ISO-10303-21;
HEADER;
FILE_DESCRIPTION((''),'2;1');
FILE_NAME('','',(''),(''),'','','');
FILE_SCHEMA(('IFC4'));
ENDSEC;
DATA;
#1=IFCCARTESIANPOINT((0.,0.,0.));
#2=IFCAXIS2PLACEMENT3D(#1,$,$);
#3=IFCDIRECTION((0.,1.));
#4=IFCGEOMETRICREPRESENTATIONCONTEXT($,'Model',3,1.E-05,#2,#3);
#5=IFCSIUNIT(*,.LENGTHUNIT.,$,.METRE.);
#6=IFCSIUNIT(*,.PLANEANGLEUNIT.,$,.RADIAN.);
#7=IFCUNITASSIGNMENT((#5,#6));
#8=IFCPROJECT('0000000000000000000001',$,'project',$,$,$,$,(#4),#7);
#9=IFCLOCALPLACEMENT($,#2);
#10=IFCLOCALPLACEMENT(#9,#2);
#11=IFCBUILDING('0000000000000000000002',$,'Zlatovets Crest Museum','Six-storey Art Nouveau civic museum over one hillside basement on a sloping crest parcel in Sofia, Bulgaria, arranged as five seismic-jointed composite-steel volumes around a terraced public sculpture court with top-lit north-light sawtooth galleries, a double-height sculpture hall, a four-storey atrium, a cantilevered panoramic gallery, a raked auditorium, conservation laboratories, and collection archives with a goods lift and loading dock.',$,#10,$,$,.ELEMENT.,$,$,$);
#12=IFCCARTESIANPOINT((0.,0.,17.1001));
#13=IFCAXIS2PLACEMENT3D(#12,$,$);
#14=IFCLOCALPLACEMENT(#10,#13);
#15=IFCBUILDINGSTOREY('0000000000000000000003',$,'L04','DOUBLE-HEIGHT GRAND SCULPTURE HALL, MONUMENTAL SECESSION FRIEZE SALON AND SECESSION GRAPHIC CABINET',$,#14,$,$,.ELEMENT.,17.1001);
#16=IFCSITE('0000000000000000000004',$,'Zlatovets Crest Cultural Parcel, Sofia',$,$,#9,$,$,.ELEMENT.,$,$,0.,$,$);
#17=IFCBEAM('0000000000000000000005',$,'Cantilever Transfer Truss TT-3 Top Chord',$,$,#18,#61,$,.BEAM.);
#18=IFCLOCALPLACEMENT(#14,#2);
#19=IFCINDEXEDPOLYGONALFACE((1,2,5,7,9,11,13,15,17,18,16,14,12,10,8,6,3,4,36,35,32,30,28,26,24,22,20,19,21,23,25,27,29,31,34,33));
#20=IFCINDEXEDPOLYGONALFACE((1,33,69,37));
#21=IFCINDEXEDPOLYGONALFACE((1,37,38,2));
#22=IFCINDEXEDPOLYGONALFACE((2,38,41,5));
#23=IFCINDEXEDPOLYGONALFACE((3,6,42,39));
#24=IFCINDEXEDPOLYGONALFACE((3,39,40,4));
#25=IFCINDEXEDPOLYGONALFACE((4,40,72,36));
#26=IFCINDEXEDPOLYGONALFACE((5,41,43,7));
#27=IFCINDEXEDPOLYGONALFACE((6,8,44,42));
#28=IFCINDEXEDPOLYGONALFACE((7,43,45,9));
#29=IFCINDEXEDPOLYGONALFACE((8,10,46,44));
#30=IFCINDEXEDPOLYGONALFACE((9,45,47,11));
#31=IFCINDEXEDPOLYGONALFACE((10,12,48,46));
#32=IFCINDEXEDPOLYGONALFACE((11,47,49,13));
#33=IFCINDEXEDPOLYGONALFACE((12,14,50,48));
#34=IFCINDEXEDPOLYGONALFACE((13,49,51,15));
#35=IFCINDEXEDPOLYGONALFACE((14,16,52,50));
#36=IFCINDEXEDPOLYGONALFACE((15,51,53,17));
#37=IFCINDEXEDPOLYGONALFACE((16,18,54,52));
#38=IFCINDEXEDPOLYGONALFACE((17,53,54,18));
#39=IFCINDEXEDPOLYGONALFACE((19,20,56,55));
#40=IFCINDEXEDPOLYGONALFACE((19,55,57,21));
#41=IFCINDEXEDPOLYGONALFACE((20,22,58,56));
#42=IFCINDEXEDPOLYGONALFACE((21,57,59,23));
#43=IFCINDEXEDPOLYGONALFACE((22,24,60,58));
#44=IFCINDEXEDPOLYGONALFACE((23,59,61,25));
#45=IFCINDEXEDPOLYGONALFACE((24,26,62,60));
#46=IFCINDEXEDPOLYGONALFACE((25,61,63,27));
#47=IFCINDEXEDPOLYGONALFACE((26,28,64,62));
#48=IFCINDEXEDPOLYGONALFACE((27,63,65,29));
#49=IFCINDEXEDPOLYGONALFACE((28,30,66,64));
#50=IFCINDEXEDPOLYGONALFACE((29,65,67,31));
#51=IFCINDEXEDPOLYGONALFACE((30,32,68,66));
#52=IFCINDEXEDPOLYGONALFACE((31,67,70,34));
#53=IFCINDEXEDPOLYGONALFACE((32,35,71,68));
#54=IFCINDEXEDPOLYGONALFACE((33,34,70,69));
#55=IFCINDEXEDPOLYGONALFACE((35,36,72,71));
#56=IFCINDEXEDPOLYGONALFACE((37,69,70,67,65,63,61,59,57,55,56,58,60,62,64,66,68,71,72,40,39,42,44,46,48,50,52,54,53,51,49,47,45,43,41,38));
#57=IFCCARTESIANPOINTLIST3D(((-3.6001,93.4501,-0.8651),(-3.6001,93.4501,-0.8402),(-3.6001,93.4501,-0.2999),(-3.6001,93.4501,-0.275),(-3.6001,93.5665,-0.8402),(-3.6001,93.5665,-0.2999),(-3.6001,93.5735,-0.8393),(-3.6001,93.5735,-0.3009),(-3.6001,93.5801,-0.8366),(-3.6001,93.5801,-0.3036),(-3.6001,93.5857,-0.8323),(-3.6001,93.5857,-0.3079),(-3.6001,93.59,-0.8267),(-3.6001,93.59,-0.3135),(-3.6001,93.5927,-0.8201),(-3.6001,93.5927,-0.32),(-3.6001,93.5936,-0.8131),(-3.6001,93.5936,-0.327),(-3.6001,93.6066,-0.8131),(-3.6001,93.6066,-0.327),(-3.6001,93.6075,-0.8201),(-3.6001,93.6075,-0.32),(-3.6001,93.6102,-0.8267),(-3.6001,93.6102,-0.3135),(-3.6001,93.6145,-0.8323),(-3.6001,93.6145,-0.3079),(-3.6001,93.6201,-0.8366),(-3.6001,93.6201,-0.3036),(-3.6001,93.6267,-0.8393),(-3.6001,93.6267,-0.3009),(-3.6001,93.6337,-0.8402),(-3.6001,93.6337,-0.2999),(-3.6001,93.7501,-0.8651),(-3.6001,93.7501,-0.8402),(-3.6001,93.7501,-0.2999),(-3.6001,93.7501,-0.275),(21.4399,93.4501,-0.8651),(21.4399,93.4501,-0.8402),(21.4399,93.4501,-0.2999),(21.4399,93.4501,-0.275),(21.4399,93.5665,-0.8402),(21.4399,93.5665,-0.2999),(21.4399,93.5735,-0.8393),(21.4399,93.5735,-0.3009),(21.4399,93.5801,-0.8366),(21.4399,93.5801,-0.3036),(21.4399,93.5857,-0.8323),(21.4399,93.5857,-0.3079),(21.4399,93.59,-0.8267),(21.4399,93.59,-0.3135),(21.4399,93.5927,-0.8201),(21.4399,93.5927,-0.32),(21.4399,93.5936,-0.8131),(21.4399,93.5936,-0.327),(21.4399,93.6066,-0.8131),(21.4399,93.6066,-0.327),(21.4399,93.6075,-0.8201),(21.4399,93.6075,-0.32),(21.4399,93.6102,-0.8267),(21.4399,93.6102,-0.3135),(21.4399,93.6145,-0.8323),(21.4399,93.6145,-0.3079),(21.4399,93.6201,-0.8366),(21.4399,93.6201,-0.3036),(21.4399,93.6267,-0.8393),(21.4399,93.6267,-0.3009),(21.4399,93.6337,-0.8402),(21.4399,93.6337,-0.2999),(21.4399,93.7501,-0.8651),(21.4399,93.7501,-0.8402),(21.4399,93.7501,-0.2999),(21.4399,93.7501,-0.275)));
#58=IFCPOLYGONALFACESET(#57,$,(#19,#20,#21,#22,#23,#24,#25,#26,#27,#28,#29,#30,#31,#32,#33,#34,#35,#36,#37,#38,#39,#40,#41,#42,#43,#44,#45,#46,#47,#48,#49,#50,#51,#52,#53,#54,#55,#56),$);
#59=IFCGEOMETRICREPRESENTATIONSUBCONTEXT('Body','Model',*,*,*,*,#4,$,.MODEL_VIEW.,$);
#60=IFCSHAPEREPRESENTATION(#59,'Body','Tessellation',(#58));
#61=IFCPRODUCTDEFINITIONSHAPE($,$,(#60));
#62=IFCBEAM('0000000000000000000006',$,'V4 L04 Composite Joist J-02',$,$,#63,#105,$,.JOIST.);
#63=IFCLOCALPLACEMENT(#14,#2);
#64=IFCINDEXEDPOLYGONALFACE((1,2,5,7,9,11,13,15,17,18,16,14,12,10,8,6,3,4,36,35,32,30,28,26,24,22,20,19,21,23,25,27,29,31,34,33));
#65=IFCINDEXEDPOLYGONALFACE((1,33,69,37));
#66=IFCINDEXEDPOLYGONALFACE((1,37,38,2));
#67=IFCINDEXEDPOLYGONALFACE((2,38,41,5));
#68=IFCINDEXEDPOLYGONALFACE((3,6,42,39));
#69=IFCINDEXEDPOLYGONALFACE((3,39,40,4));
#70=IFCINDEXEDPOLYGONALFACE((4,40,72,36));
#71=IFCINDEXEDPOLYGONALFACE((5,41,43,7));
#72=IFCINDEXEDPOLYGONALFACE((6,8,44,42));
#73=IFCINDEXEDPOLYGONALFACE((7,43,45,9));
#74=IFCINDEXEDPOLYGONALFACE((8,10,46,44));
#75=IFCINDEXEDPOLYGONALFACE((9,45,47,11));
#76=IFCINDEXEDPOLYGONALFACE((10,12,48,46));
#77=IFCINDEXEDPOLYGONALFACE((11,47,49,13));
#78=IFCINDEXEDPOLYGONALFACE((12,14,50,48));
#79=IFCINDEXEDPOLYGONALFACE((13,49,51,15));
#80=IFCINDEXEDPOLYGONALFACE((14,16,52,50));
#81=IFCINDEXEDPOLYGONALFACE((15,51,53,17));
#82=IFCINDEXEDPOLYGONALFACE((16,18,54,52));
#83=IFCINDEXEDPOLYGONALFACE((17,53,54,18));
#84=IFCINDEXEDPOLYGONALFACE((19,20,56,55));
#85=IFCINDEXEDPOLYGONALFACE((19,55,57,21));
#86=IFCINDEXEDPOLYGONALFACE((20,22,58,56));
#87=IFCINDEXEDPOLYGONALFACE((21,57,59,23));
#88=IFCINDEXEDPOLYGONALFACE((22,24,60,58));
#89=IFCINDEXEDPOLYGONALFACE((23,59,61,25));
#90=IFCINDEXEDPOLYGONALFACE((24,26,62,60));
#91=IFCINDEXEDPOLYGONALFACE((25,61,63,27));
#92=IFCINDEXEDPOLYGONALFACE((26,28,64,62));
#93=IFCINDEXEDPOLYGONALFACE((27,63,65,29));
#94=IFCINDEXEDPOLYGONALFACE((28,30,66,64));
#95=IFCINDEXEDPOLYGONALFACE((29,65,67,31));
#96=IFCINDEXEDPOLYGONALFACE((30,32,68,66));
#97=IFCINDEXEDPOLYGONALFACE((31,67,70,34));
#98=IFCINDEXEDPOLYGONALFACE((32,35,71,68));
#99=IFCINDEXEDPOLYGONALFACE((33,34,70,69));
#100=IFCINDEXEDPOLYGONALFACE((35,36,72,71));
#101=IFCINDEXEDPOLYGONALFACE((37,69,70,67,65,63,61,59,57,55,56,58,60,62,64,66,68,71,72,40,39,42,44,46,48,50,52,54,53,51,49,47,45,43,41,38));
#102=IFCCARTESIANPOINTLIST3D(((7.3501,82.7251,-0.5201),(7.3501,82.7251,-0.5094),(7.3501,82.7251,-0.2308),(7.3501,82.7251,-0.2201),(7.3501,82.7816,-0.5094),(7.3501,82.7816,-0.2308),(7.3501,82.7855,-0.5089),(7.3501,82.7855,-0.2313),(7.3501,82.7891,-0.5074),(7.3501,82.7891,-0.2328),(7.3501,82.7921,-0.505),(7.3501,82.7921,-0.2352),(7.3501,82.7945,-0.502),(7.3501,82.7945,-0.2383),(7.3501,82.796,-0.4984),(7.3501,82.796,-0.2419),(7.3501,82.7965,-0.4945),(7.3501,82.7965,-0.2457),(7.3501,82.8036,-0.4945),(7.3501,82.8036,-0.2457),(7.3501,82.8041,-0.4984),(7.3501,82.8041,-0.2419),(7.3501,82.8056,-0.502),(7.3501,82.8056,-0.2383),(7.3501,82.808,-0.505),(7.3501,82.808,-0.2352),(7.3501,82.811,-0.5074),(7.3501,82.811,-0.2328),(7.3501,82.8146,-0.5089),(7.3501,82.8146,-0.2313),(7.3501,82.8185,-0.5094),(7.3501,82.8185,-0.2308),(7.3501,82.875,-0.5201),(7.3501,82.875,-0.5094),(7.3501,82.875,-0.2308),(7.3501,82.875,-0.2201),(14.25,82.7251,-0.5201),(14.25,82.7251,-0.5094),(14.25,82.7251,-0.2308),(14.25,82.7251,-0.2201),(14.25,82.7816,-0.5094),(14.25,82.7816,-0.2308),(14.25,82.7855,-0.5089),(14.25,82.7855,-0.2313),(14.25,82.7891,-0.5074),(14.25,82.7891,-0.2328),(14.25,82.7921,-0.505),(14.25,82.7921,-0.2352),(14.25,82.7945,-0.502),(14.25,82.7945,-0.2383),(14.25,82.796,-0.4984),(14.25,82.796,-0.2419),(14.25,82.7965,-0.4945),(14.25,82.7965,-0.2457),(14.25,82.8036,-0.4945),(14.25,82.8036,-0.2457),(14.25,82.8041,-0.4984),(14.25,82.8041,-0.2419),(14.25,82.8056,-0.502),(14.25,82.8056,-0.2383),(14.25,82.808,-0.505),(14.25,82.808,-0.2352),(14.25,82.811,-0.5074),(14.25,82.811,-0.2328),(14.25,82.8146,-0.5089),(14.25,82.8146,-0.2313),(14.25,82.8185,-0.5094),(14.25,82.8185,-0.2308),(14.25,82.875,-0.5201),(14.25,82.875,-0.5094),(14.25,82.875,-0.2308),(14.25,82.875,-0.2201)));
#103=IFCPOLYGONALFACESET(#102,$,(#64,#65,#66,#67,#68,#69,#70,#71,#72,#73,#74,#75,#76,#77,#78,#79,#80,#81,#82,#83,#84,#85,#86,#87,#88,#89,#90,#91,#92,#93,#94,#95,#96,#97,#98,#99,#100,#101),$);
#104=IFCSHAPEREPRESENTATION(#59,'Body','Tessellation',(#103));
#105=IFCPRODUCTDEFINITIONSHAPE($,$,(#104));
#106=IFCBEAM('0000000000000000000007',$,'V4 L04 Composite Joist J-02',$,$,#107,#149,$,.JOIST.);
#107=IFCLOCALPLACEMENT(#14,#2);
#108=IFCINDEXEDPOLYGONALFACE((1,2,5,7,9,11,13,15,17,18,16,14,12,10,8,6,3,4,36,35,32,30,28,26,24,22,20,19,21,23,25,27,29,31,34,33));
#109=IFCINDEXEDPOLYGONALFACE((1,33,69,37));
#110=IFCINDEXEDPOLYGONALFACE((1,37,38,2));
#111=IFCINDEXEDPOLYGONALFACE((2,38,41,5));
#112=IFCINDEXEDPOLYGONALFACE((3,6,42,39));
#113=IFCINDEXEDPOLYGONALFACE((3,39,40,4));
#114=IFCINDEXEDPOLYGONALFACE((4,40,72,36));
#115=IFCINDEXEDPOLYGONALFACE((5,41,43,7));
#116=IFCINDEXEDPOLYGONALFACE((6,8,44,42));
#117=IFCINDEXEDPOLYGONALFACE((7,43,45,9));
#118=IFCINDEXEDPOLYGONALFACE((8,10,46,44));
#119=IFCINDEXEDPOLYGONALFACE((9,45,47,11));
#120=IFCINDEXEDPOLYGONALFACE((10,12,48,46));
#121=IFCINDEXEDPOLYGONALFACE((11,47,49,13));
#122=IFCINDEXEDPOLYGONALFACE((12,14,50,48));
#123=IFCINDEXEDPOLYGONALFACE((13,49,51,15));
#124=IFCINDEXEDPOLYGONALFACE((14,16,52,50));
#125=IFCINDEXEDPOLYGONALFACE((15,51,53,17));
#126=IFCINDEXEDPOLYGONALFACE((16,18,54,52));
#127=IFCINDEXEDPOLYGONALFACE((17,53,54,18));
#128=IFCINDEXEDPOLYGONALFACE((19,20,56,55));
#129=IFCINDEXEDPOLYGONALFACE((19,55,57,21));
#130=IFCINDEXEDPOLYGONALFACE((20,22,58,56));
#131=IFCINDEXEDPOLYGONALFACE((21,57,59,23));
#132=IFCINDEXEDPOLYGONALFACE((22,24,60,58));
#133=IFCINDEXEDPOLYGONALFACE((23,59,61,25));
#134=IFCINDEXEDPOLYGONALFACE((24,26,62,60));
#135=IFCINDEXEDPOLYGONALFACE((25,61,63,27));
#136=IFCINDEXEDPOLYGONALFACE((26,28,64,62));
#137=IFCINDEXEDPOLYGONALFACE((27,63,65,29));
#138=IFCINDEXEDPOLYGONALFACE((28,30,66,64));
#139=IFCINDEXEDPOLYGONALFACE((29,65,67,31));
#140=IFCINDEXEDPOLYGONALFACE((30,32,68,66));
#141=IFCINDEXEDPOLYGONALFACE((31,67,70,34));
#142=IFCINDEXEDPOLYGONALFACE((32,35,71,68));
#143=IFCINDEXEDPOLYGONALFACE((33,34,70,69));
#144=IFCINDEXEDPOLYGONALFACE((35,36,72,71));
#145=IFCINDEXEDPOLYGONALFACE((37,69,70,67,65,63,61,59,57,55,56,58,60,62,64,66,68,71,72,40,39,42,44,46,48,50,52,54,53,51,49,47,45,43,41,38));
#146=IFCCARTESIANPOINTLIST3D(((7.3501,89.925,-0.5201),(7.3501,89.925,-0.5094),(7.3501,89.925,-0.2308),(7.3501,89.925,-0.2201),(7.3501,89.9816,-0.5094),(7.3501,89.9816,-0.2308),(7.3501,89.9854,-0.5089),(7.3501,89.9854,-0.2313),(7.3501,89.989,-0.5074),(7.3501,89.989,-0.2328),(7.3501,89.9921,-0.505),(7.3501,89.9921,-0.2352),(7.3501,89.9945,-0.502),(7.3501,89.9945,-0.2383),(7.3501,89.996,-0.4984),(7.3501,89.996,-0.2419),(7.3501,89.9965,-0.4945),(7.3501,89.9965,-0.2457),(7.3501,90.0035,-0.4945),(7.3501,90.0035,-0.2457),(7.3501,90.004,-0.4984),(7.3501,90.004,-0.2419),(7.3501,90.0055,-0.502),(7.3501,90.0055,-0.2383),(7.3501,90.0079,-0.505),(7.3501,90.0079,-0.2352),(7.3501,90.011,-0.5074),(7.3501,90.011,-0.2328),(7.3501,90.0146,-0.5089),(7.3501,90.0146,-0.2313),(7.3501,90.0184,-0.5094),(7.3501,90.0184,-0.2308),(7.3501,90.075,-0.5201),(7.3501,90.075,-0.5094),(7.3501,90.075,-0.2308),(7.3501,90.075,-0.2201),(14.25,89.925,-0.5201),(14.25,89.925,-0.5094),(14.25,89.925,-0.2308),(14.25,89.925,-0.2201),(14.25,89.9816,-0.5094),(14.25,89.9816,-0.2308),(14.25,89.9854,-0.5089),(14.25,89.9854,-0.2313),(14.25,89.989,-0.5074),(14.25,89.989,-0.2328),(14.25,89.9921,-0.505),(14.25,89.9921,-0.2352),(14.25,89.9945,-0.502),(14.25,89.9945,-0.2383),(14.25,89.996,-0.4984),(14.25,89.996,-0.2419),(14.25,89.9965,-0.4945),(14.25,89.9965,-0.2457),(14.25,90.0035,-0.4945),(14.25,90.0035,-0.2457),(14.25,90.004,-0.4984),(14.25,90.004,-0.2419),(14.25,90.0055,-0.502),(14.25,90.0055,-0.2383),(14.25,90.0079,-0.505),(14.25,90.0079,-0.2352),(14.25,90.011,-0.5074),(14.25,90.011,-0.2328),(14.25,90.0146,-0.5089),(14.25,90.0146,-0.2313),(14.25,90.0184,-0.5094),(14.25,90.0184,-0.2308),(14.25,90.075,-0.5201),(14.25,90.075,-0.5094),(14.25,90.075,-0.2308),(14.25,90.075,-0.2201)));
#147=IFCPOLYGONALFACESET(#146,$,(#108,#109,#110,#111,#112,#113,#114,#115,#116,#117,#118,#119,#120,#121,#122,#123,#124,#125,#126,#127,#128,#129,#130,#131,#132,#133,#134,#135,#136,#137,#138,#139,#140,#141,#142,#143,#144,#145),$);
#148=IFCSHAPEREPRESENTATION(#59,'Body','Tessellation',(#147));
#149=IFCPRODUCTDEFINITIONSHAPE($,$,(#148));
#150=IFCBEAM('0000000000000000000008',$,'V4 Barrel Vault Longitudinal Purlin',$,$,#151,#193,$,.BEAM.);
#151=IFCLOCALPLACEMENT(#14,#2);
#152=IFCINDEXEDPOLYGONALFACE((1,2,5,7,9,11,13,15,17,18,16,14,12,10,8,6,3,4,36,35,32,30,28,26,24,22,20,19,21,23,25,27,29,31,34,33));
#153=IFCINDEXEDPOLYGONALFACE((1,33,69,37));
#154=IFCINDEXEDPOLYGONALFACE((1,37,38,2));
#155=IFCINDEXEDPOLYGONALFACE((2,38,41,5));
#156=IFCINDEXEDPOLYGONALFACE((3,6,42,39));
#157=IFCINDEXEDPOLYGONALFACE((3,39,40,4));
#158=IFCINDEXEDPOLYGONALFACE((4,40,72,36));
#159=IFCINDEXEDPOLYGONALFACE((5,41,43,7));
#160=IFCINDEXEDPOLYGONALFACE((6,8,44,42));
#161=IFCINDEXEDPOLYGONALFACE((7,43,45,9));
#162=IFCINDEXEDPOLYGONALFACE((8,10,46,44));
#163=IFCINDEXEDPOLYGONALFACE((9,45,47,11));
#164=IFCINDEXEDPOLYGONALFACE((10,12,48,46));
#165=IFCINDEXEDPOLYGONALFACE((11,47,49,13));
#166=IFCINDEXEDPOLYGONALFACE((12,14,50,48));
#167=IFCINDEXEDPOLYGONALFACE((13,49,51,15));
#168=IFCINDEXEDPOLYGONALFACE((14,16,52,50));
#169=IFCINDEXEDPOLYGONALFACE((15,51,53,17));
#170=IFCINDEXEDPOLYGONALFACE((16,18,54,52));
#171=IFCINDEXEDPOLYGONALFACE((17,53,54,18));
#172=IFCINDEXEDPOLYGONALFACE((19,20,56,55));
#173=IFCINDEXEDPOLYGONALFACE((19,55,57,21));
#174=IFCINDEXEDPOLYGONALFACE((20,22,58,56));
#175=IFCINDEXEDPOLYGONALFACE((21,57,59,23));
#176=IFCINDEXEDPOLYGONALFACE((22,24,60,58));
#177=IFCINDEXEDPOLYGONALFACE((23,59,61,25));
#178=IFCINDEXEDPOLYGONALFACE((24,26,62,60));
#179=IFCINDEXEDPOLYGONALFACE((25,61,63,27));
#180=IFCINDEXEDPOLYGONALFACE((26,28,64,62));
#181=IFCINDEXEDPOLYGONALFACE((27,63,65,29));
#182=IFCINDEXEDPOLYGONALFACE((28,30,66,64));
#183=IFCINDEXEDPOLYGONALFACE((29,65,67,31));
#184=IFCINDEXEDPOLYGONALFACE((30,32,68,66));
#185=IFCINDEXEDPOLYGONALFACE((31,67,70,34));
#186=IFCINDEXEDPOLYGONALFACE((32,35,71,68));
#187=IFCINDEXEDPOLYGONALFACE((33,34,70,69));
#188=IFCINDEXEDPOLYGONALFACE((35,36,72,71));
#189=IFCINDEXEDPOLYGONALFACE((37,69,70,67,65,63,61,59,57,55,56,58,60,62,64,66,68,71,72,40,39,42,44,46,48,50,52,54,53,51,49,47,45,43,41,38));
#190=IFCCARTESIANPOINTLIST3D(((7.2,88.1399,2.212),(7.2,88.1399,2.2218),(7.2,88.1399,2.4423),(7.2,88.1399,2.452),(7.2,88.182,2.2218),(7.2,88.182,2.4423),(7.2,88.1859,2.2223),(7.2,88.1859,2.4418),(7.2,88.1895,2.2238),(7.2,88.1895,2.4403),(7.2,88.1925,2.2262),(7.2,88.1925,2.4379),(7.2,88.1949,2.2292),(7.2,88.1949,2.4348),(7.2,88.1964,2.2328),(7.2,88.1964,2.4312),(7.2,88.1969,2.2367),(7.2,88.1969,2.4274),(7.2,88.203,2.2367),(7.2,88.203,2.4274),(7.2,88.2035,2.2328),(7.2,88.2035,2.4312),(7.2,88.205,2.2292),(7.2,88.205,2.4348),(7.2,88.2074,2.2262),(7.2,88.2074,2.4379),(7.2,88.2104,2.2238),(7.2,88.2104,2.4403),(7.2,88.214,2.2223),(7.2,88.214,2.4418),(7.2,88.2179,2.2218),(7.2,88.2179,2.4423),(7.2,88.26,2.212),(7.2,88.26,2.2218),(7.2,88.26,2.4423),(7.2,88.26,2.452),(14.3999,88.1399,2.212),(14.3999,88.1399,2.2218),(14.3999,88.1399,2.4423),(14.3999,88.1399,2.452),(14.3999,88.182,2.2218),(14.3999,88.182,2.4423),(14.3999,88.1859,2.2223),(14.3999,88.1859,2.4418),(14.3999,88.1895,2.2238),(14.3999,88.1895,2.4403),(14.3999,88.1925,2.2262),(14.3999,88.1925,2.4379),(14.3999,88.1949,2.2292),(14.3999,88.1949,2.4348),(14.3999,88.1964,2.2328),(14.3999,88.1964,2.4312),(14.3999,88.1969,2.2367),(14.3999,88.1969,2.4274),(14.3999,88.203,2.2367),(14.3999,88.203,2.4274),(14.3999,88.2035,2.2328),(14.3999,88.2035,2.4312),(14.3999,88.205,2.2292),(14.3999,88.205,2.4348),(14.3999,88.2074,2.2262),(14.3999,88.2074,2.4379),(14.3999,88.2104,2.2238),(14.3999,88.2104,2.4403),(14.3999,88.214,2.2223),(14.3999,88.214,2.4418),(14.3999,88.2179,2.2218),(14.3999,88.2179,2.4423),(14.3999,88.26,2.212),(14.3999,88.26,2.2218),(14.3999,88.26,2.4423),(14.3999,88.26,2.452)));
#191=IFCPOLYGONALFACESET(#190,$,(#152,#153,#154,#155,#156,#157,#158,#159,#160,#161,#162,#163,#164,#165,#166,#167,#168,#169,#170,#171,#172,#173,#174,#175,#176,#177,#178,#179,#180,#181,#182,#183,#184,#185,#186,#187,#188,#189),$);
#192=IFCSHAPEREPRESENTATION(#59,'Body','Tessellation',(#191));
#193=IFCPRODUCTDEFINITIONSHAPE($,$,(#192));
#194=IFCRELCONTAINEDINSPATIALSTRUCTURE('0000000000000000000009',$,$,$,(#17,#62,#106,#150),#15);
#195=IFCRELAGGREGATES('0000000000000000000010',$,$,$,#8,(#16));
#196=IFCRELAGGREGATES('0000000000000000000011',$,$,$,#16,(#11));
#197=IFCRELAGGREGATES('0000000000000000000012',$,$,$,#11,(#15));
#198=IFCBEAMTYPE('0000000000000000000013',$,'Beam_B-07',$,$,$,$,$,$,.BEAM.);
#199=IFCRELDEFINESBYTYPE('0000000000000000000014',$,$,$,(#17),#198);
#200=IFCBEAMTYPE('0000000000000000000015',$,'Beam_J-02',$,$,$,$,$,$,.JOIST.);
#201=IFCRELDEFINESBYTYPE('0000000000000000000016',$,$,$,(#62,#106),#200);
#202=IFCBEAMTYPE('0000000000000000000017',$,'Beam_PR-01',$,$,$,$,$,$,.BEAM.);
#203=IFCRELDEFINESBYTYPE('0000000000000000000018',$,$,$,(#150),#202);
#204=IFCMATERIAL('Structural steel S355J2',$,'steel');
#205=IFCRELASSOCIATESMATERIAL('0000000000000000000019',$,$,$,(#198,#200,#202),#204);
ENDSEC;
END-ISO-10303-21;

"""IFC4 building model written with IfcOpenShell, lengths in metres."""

from ifc_helpers import new_model, si_unit, direction, frame, origin, origin_2d, place, context, subcontext, project, spatial, i_section, extrude, material, material_profile, profile_set, type_object, element, save


model = new_model("IFC4")

# Units and contexts
model_context = context("Model", 3, precision=1e-05, world=origin(), true_north=direction((0.0, 1.0)))
body_context = subcontext(model_context, "Body", "Model", "MODEL_VIEW")
ifc_project = project(units=[si_unit("LENGTHUNIT", "METRE"), si_unit("PLANEANGLEUNIT", "RADIAN")], contexts=[model_context])

# Site, building, storey
site_placement = place(None, origin())
site = spatial("IfcSite", under=ifc_project, at=site_placement, Name="Zlatovets Crest Cultural Parcel, Sofia", CompositionType="ELEMENT", RefElevation=0.0)
building_placement = place(site_placement, origin())
building = spatial("IfcBuilding", under=site, at=building_placement, Name="Zlatovets Crest Museum", Description="Six-storey Art Nouveau civic museum over one hillside basement on a sloping crest parcel in Sofia, Bulgaria, arranged as five seismic-jointed composite-steel volumes around a terraced public sculpture court with top-lit north-light sawtooth galleries, a double-height sculpture hall, a four-storey atrium, a cantilevered panoramic gallery, a raked auditorium, conservation laboratories, and collection archives with a goods lift and loading dock.", CompositionType="ELEMENT")
storey_placement = place(building_placement, frame((0.0, 0.0, 17.1001)))
storey = spatial("IfcBuildingStorey", under=building, at=storey_placement, Name="L04", Description="DOUBLE-HEIGHT GRAND SCULPTURE HALL, MONUMENTAL SECESSION FRIEZE SALON AND SECESSION GRAPHIC CABINET", CompositionType="ELEMENT", Elevation=17.1001)

# Beams
ifc_material_1 = material(Name="Structural steel S355J2", Category="steel")
ifc_material_profile_1 = material_profile(ifc_material_1, i_section(OverallWidth=0.3, OverallDepth=0.5901, WebThickness=0.0129, FlangeThickness=0.0249, FilletRadius=0.0271, at=origin_2d()), Name="HEA 600")
ifc_profile_set_1 = profile_set([ifc_material_profile_1], Name="Structural steel S355J2")
beam_type_1 = type_object("IfcBeamType", Name="Beam_B-07", PredefinedType="BEAM", material=ifc_profile_set_1)
beam_1_placement = place(storey_placement, frame((-3.6001, 93.6001, -0.5701), z_axis=(1.0, 0.0, 0.0), x_axis=(0.0, 1.0, 0.0)))
element("IfcBeam", 1, at=beam_1_placement, inside=storey, type_object=beam_type_1, Name="Cantilever Transfer Truss TT-3 Top Chord", PredefinedType="BEAM", context=body_context, shape_type="SweptSolid", body=[
    extrude(i_section(OverallWidth=0.3, OverallDepth=0.5901, WebThickness=0.0129, FlangeThickness=0.0249, FilletRadius=0.0271, at=origin_2d()), origin(), (0.0, 0.0, 1.0), 25.04),
])
ifc_material_profile_2 = material_profile(ifc_material_1, i_section(OverallWidth=0.1499, OverallDepth=0.3, WebThickness=0.0071, FlangeThickness=0.0107, FilletRadius=0.0149, at=origin_2d()), Name="IPE 300")
ifc_profile_set_2 = profile_set([ifc_material_profile_2], Name="Structural steel S355J2")
beam_type_2 = type_object("IfcBeamType", Name="Beam_J-02", PredefinedType="JOIST", material=ifc_profile_set_2)
for number, where, z_axis, x_axis, name in (
    (2, (7.3501, 82.8, -0.3701), (1.0, 0.0, 0.0), (0.0, 1.0, 0.0), "V4 L04 Composite Joist J-02"),
    (3, (7.3501, 90.0, -0.3701), (1.0, 0.0, 0.0), (0.0, 1.0, 0.0), "V4 L04 Composite Joist J-02"),
):
    element("IfcBeam", number, at=place(storey_placement, frame(where, z_axis=z_axis, x_axis=x_axis)), inside=storey, type_object=beam_type_2, Name=name, PredefinedType="JOIST", context=body_context, shape_type="SweptSolid", body=[
        extrude(i_section(OverallWidth=0.1499, OverallDepth=0.3, WebThickness=0.0071, FlangeThickness=0.0107, FilletRadius=0.0149, at=origin_2d()), origin(), (0.0, 0.0, 1.0), 6.8999),
    ])
ifc_material_profile_3 = material_profile(ifc_material_1, i_section(OverallWidth=0.1201, OverallDepth=0.24, WebThickness=0.0061, FlangeThickness=0.0098, FilletRadius=0.0149, at=origin_2d()), Name="IPE 240")
ifc_profile_set_3 = profile_set([ifc_material_profile_3], Name="Structural steel S355J2")
beam_type_3 = type_object("IfcBeamType", Name="Beam_PR-01", PredefinedType="BEAM", material=ifc_profile_set_3)
for number, where, z_axis, x_axis, name in (
    (4, (7.2, 88.2, 2.332), (1.0, 0.0, 0.0), (0.0, 1.0, 0.0), "V4 Barrel Vault Longitudinal Purlin"),
):
    element("IfcBeam", number, at=place(storey_placement, frame(where, z_axis=z_axis, x_axis=x_axis)), inside=storey, type_object=beam_type_3, Name=name, PredefinedType="BEAM", context=body_context, shape_type="SweptSolid", body=[
        extrude(i_section(OverallWidth=0.1201, OverallDepth=0.24, WebThickness=0.0061, FlangeThickness=0.0098, FilletRadius=0.0149, at=origin_2d()), origin(), (0.0, 0.0, 1.0), 7.2),
    ])

save(model, "model.ifc")
